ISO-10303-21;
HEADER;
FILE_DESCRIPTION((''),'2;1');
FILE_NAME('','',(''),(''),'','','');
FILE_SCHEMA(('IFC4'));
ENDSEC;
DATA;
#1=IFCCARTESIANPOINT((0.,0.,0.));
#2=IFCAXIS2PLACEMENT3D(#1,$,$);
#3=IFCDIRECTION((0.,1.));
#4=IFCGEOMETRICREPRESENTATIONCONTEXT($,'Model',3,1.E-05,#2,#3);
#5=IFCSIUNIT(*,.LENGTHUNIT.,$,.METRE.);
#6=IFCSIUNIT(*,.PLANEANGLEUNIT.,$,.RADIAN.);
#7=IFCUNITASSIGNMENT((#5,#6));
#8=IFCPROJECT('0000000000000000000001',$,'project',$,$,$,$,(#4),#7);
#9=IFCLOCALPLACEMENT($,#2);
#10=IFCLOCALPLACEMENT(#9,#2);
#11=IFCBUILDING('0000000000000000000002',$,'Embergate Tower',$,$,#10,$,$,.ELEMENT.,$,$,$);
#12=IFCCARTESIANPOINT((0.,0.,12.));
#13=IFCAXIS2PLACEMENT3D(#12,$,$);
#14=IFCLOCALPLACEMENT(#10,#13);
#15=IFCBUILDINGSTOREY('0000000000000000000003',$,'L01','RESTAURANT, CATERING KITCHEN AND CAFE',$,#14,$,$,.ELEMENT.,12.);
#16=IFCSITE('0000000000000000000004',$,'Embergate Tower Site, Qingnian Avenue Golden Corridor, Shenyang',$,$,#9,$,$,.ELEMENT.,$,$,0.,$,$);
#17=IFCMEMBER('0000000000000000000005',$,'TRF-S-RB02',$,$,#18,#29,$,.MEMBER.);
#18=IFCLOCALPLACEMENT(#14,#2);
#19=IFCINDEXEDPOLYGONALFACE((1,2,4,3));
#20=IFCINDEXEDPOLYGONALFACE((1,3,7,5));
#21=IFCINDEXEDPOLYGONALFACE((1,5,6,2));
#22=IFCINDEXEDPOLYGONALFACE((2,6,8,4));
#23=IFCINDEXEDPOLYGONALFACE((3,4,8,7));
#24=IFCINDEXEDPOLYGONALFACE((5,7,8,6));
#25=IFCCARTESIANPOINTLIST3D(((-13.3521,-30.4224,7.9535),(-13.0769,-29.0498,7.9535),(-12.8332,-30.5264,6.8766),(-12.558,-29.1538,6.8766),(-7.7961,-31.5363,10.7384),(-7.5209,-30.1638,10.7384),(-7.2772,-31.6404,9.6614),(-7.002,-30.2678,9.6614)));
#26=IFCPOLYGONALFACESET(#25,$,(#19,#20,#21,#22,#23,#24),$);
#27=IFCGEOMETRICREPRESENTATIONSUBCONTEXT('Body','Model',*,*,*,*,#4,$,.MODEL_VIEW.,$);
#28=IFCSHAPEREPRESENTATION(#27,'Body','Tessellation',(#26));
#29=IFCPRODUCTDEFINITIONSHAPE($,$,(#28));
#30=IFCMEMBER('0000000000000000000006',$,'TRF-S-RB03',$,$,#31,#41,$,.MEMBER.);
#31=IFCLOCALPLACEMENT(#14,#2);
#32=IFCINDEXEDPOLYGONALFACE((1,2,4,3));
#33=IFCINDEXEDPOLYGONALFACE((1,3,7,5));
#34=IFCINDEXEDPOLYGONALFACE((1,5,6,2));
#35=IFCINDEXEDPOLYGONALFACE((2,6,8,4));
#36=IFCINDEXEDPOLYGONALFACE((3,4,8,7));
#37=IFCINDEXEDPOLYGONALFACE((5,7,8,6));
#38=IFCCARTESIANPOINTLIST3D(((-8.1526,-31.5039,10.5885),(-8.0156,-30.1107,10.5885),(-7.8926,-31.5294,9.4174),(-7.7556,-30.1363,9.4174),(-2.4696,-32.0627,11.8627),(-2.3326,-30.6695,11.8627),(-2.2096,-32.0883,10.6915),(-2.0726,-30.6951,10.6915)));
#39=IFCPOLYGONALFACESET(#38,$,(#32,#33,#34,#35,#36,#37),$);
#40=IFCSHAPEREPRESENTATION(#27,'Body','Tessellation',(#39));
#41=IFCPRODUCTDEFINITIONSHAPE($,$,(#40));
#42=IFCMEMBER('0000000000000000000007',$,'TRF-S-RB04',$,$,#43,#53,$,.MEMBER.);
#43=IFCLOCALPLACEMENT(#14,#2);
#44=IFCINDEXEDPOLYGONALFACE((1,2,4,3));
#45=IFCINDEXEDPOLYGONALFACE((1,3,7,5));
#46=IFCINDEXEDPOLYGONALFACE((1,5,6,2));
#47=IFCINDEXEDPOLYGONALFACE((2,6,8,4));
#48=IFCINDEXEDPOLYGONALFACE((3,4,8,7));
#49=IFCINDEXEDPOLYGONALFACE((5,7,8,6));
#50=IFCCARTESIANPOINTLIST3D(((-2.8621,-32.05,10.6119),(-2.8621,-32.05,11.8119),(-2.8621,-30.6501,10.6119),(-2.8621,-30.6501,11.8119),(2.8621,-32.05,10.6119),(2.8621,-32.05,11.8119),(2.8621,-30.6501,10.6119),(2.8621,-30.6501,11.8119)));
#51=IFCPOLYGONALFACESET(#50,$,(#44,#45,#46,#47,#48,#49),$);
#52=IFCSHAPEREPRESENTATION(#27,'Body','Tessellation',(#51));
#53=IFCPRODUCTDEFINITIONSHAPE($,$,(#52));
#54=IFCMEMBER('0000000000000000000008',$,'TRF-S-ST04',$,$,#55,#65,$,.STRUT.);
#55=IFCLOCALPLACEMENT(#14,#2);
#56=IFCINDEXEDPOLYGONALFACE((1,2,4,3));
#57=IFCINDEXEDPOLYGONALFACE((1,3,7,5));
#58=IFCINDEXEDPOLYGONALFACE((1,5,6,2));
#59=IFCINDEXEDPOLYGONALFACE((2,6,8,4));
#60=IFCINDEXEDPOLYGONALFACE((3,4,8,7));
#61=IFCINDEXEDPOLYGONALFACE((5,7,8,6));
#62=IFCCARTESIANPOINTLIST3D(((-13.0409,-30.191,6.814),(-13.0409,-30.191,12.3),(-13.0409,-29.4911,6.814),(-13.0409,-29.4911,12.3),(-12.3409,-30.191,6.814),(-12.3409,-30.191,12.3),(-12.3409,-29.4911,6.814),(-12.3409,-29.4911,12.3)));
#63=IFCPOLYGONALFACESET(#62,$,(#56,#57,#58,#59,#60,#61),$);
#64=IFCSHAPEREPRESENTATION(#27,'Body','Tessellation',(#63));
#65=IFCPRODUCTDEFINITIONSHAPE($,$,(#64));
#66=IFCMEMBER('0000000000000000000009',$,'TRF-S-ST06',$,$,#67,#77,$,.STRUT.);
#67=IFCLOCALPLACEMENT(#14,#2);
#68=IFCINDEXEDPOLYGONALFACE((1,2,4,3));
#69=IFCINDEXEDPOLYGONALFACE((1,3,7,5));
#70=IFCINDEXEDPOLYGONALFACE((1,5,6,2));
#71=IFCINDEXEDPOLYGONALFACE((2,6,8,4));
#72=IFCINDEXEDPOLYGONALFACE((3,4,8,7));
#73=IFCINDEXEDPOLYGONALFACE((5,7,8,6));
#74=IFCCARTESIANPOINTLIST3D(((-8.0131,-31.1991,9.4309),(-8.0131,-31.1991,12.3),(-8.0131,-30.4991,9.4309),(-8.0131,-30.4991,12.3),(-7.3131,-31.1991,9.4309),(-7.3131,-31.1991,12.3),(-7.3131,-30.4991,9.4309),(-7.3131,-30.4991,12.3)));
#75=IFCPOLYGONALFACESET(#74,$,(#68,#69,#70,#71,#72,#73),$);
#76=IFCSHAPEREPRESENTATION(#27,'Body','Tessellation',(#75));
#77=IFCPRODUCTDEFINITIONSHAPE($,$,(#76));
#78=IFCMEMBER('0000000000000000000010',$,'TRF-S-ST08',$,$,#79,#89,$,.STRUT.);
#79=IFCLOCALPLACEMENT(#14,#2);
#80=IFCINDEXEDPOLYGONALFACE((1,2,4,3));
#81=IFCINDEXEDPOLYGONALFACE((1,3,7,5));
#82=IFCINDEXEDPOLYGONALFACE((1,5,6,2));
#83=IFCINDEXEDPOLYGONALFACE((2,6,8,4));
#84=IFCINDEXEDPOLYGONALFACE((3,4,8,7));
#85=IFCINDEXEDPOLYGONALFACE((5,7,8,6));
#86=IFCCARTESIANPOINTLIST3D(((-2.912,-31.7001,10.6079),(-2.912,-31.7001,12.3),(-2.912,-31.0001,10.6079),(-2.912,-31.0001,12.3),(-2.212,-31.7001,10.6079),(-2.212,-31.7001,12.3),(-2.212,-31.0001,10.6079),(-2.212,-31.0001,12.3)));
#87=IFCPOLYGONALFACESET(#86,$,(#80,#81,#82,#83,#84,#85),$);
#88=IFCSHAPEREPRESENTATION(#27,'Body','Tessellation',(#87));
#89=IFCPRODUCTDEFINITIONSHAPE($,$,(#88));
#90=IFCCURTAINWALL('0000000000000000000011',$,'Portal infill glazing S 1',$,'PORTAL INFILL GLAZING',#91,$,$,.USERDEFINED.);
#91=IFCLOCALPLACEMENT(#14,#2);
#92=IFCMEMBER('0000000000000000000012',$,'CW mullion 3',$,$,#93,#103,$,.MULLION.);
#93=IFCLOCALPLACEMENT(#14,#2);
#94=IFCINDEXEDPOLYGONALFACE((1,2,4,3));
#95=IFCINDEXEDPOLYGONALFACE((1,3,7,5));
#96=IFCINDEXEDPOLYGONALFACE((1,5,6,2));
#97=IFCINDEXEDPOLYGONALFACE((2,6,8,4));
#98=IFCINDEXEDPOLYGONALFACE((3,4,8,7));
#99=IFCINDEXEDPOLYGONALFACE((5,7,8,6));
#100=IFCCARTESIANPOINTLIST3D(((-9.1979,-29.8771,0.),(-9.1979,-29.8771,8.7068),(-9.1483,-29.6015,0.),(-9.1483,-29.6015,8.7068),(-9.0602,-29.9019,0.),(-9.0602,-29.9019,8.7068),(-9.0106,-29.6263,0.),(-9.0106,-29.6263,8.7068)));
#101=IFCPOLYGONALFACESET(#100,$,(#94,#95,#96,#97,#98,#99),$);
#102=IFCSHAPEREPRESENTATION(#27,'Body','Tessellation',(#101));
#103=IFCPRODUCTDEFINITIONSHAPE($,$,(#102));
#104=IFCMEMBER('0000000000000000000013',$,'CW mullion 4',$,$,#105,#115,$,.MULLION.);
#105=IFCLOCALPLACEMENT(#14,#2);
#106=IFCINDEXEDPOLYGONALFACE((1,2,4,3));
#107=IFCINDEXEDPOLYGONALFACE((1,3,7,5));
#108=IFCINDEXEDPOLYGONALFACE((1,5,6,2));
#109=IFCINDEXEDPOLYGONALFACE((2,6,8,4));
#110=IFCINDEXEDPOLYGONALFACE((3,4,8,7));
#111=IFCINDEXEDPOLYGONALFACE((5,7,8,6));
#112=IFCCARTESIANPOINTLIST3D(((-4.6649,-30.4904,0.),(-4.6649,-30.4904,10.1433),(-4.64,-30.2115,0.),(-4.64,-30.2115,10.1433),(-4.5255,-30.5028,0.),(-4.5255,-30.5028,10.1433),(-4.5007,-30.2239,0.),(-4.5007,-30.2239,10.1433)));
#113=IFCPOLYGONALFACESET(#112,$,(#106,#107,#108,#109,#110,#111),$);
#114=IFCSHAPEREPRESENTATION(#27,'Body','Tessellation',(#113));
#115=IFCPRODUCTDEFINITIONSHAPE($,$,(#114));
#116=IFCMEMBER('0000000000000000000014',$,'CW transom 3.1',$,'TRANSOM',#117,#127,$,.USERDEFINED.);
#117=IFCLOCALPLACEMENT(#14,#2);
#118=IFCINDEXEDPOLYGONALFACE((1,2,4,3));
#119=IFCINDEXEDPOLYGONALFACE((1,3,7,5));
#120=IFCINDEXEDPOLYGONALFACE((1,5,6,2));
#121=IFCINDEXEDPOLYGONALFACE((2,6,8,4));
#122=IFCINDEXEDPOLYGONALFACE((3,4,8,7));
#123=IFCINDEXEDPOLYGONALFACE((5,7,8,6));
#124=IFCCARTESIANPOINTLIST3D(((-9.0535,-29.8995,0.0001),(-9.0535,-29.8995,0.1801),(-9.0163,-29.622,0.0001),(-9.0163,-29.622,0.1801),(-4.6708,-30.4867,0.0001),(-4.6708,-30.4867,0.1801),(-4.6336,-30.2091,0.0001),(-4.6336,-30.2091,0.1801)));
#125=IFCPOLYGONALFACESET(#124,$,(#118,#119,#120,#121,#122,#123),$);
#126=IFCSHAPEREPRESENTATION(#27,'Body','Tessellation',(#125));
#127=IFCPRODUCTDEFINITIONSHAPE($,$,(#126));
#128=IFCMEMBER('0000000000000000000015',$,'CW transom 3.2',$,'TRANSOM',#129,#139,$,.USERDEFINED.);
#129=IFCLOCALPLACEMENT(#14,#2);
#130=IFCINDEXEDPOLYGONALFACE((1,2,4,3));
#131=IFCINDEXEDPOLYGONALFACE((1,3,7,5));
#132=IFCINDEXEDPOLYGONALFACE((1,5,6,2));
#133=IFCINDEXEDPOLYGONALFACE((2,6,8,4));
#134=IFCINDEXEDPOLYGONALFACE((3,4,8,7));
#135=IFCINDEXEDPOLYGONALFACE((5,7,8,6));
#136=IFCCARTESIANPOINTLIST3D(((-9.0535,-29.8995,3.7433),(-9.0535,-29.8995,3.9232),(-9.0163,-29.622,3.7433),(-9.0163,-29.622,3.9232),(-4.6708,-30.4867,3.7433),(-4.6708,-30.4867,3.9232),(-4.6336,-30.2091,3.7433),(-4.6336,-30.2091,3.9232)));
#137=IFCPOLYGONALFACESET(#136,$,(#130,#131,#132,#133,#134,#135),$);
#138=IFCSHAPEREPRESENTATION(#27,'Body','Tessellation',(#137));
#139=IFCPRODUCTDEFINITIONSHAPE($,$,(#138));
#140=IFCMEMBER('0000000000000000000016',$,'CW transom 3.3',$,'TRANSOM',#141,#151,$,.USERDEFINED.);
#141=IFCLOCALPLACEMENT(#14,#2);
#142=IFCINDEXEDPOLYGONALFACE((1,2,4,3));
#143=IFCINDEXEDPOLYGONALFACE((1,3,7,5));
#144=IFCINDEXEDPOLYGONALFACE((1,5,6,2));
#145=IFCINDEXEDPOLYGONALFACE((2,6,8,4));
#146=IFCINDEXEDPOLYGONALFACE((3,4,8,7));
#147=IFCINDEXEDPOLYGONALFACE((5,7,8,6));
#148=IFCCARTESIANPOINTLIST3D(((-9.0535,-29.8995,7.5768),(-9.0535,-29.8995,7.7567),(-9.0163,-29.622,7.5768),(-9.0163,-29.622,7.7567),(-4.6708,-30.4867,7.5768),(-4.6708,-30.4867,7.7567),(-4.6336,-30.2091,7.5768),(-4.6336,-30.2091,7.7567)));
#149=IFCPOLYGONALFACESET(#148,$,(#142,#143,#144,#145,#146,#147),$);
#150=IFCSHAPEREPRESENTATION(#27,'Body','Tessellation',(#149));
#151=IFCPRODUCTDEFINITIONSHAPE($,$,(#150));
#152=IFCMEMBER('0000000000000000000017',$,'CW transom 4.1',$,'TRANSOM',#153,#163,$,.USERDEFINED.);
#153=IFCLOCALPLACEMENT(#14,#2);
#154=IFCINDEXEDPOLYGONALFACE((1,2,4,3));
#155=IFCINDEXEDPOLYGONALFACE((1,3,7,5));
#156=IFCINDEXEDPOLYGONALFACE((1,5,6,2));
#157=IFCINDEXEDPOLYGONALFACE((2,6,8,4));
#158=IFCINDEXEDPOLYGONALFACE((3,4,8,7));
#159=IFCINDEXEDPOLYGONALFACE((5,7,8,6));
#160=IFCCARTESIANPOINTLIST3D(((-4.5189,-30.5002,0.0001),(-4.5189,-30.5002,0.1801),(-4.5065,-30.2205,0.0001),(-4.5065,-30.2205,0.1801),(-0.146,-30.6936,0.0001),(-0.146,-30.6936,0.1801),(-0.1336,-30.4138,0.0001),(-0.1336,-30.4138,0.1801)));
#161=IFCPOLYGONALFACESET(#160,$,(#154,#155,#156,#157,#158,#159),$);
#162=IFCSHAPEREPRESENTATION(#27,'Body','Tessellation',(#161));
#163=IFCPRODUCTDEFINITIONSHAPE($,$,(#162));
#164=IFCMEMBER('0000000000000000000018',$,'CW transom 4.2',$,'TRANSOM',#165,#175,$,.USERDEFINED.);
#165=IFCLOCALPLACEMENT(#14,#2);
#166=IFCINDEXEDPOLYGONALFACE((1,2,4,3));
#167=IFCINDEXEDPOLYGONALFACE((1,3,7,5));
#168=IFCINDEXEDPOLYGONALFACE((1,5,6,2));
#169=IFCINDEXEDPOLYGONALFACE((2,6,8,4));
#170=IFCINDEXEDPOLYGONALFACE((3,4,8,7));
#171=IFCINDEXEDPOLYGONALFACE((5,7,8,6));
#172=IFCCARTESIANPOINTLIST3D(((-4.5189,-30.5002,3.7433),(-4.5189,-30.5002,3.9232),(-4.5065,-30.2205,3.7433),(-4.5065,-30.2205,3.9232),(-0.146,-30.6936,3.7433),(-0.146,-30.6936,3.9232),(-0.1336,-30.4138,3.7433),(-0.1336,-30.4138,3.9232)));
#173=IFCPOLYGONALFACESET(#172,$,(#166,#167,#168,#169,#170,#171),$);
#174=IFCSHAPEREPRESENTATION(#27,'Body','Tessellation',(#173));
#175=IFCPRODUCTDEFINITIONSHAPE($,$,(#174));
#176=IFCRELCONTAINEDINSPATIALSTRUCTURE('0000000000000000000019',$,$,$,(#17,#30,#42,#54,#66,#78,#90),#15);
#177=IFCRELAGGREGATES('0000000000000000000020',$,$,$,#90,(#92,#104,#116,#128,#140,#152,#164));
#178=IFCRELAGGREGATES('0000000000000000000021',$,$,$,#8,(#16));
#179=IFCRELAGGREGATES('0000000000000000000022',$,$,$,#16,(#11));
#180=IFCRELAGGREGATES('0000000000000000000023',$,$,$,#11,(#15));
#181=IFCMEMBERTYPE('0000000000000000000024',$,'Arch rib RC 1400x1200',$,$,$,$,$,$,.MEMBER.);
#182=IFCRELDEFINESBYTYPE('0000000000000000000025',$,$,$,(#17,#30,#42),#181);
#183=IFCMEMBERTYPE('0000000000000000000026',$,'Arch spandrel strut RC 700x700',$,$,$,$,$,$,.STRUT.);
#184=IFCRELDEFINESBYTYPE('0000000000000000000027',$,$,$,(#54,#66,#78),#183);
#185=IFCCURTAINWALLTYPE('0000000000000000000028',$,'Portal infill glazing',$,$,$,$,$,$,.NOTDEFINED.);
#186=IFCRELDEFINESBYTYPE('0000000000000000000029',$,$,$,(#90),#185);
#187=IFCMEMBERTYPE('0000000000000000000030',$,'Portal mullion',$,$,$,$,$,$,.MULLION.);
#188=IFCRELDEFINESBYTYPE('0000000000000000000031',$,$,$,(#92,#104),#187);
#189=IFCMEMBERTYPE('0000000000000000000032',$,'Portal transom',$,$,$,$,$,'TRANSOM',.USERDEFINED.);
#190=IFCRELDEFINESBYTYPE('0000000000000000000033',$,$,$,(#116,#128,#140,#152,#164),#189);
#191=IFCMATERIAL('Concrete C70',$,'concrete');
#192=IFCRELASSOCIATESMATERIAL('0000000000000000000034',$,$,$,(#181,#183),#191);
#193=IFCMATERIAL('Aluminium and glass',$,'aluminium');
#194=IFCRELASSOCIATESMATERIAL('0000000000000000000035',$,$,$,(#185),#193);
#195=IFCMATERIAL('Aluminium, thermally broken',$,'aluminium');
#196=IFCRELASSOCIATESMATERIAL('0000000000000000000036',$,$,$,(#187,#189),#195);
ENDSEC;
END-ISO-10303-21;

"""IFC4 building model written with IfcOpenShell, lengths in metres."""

from ifc_helpers import new_model, si_unit, direction, frame, origin, origin_2d, place, context, subcontext, project, spatial, rectangle, extrude, source, transform, mapped, material, material_profile, profile_set, type_object, element, aggregate, save


model = new_model("IFC4")

# Units and contexts
model_context = context("Model", 3, precision=1e-05, world=origin(), true_north=direction((0.0, 1.0)))
body_context = subcontext(model_context, "Body", "Model", "MODEL_VIEW")
ifc_project = project(units=[si_unit("LENGTHUNIT", "METRE"), si_unit("PLANEANGLEUNIT", "RADIAN")], contexts=[model_context])

# Site, building, storey
site_placement = place(None, origin())
site = spatial("IfcSite", under=ifc_project, at=site_placement, Name="Embergate Tower Site, Qingnian Avenue Golden Corridor, Shenyang", CompositionType="ELEMENT", RefElevation=0.0)
building_placement = place(site_placement, origin())
building = spatial("IfcBuilding", under=site, at=building_placement, Name="Embergate Tower", CompositionType="ELEMENT")
storey_placement = place(building_placement, frame((0.0, 0.0, 12.0)))
storey = spatial("IfcBuildingStorey", under=building, at=storey_placement, Name="L01", Description="RESTAURANT, CATERING KITCHEN AND CAFE", CompositionType="ELEMENT", Elevation=12.0)

# Members
ifc_material_1 = material(Name="Concrete C70", Category="concrete")
ifc_material_profile_1 = material_profile(ifc_material_1, rectangle(XDim=1.3999, YDim=1.2, at=origin_2d()), Name="RC 1400x1200")
ifc_profile_set_1 = profile_set([ifc_material_profile_1], Name="Concrete C70")
member_type_1 = type_object("IfcMemberType", Name="Arch rib RC 1400x1200", PredefinedType="MEMBER", material=ifc_profile_set_1)
shared_shape_1 = source(origin(), body_context, "Body", "SweptSolid", [
    extrude(rectangle(XDim=1.3999, YDim=1.2, at=origin_2d()), origin(), (0.0, 0.0, 1.0), 6.314),
])
member_1_placement = place(storey_placement, frame((-12.9551, -29.7881, 7.415), z_axis=(0.879962, -0.176433, 0.441064), x_axis=(0.196588, 0.980486, 0.0)))
element("IfcMember", 1, at=member_1_placement, inside=storey, type_object=member_type_1, Name="TRF-S-RB02", PredefinedType="MEMBER", context=body_context, shape_type="MappedRepresentation", body=[
    mapped(shared_shape_1, transform((0.0, 0.0, 0.0))),
])
shared_shape_2 = source(origin(), body_context, "Body", "SweptSolid", [
    extrude(rectangle(XDim=1.3999, YDim=1.2, at=origin_2d()), origin(), (0.0, 0.0, 1.0), 5.8508),
])
member_2_placement = place(storey_placement, frame((-7.9541, -30.8201, 10.0029), z_axis=(0.971315, -0.095513, 0.217772), x_axis=(0.097861, 0.9952, 0.0)))
element("IfcMember", 2, at=member_2_placement, inside=storey, type_object=member_type_1, Name="TRF-S-RB03", PredefinedType="MEMBER", context=body_context, shape_type="MappedRepresentation", body=[
    mapped(shared_shape_2, transform((0.0, 0.0, 0.0))),
])
shared_shape_3 = source(origin(), body_context, "Body", "SweptSolid", [
    extrude(rectangle(XDim=1.3999, YDim=1.2, at=origin_2d()), origin(), (0.0, 0.0, 1.0), 5.7241),
])
member_3_placement = place(storey_placement, frame((-2.8621, -31.3501, 11.2119), z_axis=(1.0, 0.0, 0.0), x_axis=(0.0, 1.0, 0.0)))
element("IfcMember", 3, at=member_3_placement, inside=storey, type_object=member_type_1, Name="TRF-S-RB04", PredefinedType="MEMBER", context=body_context, shape_type="MappedRepresentation", body=[
    mapped(shared_shape_3, transform((0.0, 0.0, 0.0))),
])
ifc_material_profile_2 = material_profile(ifc_material_1, rectangle(XDim=0.7, YDim=0.7, at=origin_2d()), Name="RC 700x700")
ifc_profile_set_2 = profile_set([ifc_material_profile_2], Name="Concrete C70")
member_type_2 = type_object("IfcMemberType", Name="Arch spandrel strut RC 700x700", PredefinedType="STRUT", material=ifc_profile_set_2)
shared_shape_4 = source(origin(), body_context, "Body", "SweptSolid", [
    extrude(rectangle(XDim=0.7, YDim=0.7, at=origin_2d()), origin(), (0.0, 0.0, 1.0), 5.4861),
])
member_4_placement = place(storey_placement, frame((-12.6909, -29.8411, 6.814), z_axis=(0.0, 0.0, 1.0), x_axis=(1.0, 0.0, 0.0)))
element("IfcMember", 4, at=member_4_placement, inside=storey, type_object=member_type_2, Name="TRF-S-ST04", PredefinedType="STRUT", context=body_context, shape_type="MappedRepresentation", body=[
    mapped(shared_shape_4, transform((0.0, 0.0, 0.0))),
])
shared_shape_5 = source(origin(), body_context, "Body", "SweptSolid", [
    extrude(rectangle(XDim=0.7, YDim=0.7, at=origin_2d()), origin(), (0.0, 0.0, 1.0), 2.8691),
])
member_5_placement = place(storey_placement, frame((-7.6631, -30.8491, 9.4309), z_axis=(0.0, 0.0, 1.0), x_axis=(1.0, 0.0, 0.0)))
element("IfcMember", 5, at=member_5_placement, inside=storey, type_object=member_type_2, Name="TRF-S-ST06", PredefinedType="STRUT", context=body_context, shape_type="MappedRepresentation", body=[
    mapped(shared_shape_5, transform((0.0, 0.0, 0.0))),
])
shared_shape_6 = source(origin(), body_context, "Body", "SweptSolid", [
    extrude(rectangle(XDim=0.7, YDim=0.7, at=origin_2d()), origin(), (0.0, 0.0, 1.0), 1.6921),
])
member_6_placement = place(storey_placement, frame((-2.562, -31.3501, 10.6079), z_axis=(0.0, 0.0, 1.0), x_axis=(1.0, 0.0, 0.0)))
element("IfcMember", 6, at=member_6_placement, inside=storey, type_object=member_type_2, Name="TRF-S-ST08", PredefinedType="STRUT", context=body_context, shape_type="MappedRepresentation", body=[
    mapped(shared_shape_6, transform((0.0, 0.0, 0.0))),
])

# Curtain wall, members
ifc_material_2 = material(Name="Aluminium and glass", Category="aluminium")
curtain_wall_type = type_object("IfcCurtainWallType", Name="Portal infill glazing", PredefinedType="NOTDEFINED", material=ifc_material_2)
curtain_wall_placement = place(storey_placement, origin())
curtain_wall = element("IfcCurtainWall", 7, at=curtain_wall_placement, inside=storey, type_object=curtain_wall_type, Name="Portal infill glazing S 1", ObjectType="PORTAL INFILL GLAZING", PredefinedType="USERDEFINED")
ifc_material_3 = material(Name="Aluminium, thermally broken", Category="aluminium")
ifc_material_profile_3 = material_profile(ifc_material_3, rectangle(XDim=0.28, YDim=0.1399, at=origin_2d()), Name="AL 140x280")
ifc_profile_set_3 = profile_set([ifc_material_profile_3], Name="Aluminium, thermally broken")
member_type_3 = type_object("IfcMemberType", Name="Portal mullion", PredefinedType="MULLION", material=ifc_profile_set_3)
shared_shape_7 = source(origin(), body_context, "Body", "SweptSolid", [
    extrude(rectangle(XDim=0.28, YDim=0.1399, at=origin_2d()), origin(), (0.0, 0.0, 1.0), 8.7068),
])
member_7_placement = place(storey_placement, frame((-9.1042, -29.7517, 0.0), z_axis=(0.0, 0.0, 1.0), x_axis=(0.177147, 0.984184, 0.0)))
member_7 = element("IfcMember", 8, at=member_7_placement, type_object=member_type_3, Name="CW mullion 3", PredefinedType="MULLION", context=body_context, shape_type="MappedRepresentation", body=[
    mapped(shared_shape_7, transform((0.0, 0.0, 0.0))),
])
shared_shape_8 = source(origin(), body_context, "Body", "SweptSolid", [
    extrude(rectangle(XDim=0.28, YDim=0.1399, at=origin_2d()), origin(), (0.0, 0.0, 1.0), 10.1433),
])
member_8_placement = place(storey_placement, frame((-4.5828, -30.3572, 0.0), z_axis=(0.0, 0.0, 1.0), x_axis=(0.08879, 0.99605, 0.0)))
member_8 = element("IfcMember", 9, at=member_8_placement, type_object=member_type_3, Name="CW mullion 4", PredefinedType="MULLION", context=body_context, shape_type="MappedRepresentation", body=[
    mapped(shared_shape_8, transform((0.0, 0.0, 0.0))),
])
ifc_material_profile_4 = material_profile(ifc_material_3, rectangle(XDim=0.28, YDim=0.1799, at=origin_2d()), Name="AL 180x280")
ifc_profile_set_4 = profile_set([ifc_material_profile_4], Name="Aluminium, thermally broken")
member_type_4 = type_object("IfcMemberType", Name="Portal transom", ElementType="TRANSOM", PredefinedType="USERDEFINED", material=ifc_profile_set_4)
shared_shape_9 = source(origin(), body_context, "Body", "SweptSolid", [
    extrude(rectangle(XDim=0.28, YDim=0.1799, at=origin_2d()), origin(), (0.0, 0.0, 1.0), 4.4219),
])
member_9_placement = place(storey_placement, frame((-9.0349, -29.7607, 0.0901), z_axis=(0.991145, -0.132782, 0.0), x_axis=(0.132782, 0.991145, 0.0)))
member_9 = element("IfcMember", 10, at=member_9_placement, type_object=member_type_4, Name="CW transom 3.1", ObjectType="TRANSOM", PredefinedType="USERDEFINED", context=body_context, shape_type="MappedRepresentation", body=[
    mapped(shared_shape_9, transform((0.0, 0.0, 0.0))),
])
member_10_placement = place(storey_placement, frame((-9.0349, -29.7607, 3.8333), z_axis=(0.991145, -0.132782, 0.0), x_axis=(0.132782, 0.991145, 0.0)))
member_10 = element("IfcMember", 11, at=member_10_placement, type_object=member_type_4, Name="CW transom 3.2", ObjectType="TRANSOM", PredefinedType="USERDEFINED", context=body_context, shape_type="MappedRepresentation", body=[
    mapped(shared_shape_9, transform((0.0, 0.0, 0.0))),
])
member_11_placement = place(storey_placement, frame((-9.0349, -29.7607, 7.6667), z_axis=(0.991145, -0.132782, 0.0), x_axis=(0.132782, 0.991145, 0.0)))
member_11 = element("IfcMember", 12, at=member_11_placement, type_object=member_type_4, Name="CW transom 3.3", ObjectType="TRANSOM", PredefinedType="USERDEFINED", context=body_context, shape_type="MappedRepresentation", body=[
    mapped(shared_shape_9, transform((0.0, 0.0, 0.0))),
])
shared_shape_10 = source(origin(), body_context, "Body", "SweptSolid", [
    extrude(rectangle(XDim=0.28, YDim=0.1799, at=origin_2d()), origin(), (0.0, 0.0, 1.0), 4.3772),
])
member_12_placement = place(storey_placement, frame((-4.5127, -30.3604, 0.0901), z_axis=(0.999024, -0.044175, 0.0), x_axis=(0.044175, 0.999024, 0.0)))
member_12 = element("IfcMember", 13, at=member_12_placement, type_object=member_type_4, Name="CW transom 4.1", ObjectType="TRANSOM", PredefinedType="USERDEFINED", context=body_context, shape_type="MappedRepresentation", body=[
    mapped(shared_shape_10, transform((0.0, 0.0, 0.0))),
])
member_13_placement = place(storey_placement, frame((-4.5127, -30.3604, 3.8333), z_axis=(0.999024, -0.044175, 0.0), x_axis=(0.044175, 0.999024, 0.0)))
member_13 = element("IfcMember", 14, at=member_13_placement, type_object=member_type_4, Name="CW transom 4.2", ObjectType="TRANSOM", PredefinedType="USERDEFINED", context=body_context, shape_type="MappedRepresentation", body=[
    mapped(shared_shape_10, transform((0.0, 0.0, 0.0))),
])

aggregate(curtain_wall, [member_7, member_8, member_9, member_10, member_11, member_12, member_13])

save(model, "model.ifc")
